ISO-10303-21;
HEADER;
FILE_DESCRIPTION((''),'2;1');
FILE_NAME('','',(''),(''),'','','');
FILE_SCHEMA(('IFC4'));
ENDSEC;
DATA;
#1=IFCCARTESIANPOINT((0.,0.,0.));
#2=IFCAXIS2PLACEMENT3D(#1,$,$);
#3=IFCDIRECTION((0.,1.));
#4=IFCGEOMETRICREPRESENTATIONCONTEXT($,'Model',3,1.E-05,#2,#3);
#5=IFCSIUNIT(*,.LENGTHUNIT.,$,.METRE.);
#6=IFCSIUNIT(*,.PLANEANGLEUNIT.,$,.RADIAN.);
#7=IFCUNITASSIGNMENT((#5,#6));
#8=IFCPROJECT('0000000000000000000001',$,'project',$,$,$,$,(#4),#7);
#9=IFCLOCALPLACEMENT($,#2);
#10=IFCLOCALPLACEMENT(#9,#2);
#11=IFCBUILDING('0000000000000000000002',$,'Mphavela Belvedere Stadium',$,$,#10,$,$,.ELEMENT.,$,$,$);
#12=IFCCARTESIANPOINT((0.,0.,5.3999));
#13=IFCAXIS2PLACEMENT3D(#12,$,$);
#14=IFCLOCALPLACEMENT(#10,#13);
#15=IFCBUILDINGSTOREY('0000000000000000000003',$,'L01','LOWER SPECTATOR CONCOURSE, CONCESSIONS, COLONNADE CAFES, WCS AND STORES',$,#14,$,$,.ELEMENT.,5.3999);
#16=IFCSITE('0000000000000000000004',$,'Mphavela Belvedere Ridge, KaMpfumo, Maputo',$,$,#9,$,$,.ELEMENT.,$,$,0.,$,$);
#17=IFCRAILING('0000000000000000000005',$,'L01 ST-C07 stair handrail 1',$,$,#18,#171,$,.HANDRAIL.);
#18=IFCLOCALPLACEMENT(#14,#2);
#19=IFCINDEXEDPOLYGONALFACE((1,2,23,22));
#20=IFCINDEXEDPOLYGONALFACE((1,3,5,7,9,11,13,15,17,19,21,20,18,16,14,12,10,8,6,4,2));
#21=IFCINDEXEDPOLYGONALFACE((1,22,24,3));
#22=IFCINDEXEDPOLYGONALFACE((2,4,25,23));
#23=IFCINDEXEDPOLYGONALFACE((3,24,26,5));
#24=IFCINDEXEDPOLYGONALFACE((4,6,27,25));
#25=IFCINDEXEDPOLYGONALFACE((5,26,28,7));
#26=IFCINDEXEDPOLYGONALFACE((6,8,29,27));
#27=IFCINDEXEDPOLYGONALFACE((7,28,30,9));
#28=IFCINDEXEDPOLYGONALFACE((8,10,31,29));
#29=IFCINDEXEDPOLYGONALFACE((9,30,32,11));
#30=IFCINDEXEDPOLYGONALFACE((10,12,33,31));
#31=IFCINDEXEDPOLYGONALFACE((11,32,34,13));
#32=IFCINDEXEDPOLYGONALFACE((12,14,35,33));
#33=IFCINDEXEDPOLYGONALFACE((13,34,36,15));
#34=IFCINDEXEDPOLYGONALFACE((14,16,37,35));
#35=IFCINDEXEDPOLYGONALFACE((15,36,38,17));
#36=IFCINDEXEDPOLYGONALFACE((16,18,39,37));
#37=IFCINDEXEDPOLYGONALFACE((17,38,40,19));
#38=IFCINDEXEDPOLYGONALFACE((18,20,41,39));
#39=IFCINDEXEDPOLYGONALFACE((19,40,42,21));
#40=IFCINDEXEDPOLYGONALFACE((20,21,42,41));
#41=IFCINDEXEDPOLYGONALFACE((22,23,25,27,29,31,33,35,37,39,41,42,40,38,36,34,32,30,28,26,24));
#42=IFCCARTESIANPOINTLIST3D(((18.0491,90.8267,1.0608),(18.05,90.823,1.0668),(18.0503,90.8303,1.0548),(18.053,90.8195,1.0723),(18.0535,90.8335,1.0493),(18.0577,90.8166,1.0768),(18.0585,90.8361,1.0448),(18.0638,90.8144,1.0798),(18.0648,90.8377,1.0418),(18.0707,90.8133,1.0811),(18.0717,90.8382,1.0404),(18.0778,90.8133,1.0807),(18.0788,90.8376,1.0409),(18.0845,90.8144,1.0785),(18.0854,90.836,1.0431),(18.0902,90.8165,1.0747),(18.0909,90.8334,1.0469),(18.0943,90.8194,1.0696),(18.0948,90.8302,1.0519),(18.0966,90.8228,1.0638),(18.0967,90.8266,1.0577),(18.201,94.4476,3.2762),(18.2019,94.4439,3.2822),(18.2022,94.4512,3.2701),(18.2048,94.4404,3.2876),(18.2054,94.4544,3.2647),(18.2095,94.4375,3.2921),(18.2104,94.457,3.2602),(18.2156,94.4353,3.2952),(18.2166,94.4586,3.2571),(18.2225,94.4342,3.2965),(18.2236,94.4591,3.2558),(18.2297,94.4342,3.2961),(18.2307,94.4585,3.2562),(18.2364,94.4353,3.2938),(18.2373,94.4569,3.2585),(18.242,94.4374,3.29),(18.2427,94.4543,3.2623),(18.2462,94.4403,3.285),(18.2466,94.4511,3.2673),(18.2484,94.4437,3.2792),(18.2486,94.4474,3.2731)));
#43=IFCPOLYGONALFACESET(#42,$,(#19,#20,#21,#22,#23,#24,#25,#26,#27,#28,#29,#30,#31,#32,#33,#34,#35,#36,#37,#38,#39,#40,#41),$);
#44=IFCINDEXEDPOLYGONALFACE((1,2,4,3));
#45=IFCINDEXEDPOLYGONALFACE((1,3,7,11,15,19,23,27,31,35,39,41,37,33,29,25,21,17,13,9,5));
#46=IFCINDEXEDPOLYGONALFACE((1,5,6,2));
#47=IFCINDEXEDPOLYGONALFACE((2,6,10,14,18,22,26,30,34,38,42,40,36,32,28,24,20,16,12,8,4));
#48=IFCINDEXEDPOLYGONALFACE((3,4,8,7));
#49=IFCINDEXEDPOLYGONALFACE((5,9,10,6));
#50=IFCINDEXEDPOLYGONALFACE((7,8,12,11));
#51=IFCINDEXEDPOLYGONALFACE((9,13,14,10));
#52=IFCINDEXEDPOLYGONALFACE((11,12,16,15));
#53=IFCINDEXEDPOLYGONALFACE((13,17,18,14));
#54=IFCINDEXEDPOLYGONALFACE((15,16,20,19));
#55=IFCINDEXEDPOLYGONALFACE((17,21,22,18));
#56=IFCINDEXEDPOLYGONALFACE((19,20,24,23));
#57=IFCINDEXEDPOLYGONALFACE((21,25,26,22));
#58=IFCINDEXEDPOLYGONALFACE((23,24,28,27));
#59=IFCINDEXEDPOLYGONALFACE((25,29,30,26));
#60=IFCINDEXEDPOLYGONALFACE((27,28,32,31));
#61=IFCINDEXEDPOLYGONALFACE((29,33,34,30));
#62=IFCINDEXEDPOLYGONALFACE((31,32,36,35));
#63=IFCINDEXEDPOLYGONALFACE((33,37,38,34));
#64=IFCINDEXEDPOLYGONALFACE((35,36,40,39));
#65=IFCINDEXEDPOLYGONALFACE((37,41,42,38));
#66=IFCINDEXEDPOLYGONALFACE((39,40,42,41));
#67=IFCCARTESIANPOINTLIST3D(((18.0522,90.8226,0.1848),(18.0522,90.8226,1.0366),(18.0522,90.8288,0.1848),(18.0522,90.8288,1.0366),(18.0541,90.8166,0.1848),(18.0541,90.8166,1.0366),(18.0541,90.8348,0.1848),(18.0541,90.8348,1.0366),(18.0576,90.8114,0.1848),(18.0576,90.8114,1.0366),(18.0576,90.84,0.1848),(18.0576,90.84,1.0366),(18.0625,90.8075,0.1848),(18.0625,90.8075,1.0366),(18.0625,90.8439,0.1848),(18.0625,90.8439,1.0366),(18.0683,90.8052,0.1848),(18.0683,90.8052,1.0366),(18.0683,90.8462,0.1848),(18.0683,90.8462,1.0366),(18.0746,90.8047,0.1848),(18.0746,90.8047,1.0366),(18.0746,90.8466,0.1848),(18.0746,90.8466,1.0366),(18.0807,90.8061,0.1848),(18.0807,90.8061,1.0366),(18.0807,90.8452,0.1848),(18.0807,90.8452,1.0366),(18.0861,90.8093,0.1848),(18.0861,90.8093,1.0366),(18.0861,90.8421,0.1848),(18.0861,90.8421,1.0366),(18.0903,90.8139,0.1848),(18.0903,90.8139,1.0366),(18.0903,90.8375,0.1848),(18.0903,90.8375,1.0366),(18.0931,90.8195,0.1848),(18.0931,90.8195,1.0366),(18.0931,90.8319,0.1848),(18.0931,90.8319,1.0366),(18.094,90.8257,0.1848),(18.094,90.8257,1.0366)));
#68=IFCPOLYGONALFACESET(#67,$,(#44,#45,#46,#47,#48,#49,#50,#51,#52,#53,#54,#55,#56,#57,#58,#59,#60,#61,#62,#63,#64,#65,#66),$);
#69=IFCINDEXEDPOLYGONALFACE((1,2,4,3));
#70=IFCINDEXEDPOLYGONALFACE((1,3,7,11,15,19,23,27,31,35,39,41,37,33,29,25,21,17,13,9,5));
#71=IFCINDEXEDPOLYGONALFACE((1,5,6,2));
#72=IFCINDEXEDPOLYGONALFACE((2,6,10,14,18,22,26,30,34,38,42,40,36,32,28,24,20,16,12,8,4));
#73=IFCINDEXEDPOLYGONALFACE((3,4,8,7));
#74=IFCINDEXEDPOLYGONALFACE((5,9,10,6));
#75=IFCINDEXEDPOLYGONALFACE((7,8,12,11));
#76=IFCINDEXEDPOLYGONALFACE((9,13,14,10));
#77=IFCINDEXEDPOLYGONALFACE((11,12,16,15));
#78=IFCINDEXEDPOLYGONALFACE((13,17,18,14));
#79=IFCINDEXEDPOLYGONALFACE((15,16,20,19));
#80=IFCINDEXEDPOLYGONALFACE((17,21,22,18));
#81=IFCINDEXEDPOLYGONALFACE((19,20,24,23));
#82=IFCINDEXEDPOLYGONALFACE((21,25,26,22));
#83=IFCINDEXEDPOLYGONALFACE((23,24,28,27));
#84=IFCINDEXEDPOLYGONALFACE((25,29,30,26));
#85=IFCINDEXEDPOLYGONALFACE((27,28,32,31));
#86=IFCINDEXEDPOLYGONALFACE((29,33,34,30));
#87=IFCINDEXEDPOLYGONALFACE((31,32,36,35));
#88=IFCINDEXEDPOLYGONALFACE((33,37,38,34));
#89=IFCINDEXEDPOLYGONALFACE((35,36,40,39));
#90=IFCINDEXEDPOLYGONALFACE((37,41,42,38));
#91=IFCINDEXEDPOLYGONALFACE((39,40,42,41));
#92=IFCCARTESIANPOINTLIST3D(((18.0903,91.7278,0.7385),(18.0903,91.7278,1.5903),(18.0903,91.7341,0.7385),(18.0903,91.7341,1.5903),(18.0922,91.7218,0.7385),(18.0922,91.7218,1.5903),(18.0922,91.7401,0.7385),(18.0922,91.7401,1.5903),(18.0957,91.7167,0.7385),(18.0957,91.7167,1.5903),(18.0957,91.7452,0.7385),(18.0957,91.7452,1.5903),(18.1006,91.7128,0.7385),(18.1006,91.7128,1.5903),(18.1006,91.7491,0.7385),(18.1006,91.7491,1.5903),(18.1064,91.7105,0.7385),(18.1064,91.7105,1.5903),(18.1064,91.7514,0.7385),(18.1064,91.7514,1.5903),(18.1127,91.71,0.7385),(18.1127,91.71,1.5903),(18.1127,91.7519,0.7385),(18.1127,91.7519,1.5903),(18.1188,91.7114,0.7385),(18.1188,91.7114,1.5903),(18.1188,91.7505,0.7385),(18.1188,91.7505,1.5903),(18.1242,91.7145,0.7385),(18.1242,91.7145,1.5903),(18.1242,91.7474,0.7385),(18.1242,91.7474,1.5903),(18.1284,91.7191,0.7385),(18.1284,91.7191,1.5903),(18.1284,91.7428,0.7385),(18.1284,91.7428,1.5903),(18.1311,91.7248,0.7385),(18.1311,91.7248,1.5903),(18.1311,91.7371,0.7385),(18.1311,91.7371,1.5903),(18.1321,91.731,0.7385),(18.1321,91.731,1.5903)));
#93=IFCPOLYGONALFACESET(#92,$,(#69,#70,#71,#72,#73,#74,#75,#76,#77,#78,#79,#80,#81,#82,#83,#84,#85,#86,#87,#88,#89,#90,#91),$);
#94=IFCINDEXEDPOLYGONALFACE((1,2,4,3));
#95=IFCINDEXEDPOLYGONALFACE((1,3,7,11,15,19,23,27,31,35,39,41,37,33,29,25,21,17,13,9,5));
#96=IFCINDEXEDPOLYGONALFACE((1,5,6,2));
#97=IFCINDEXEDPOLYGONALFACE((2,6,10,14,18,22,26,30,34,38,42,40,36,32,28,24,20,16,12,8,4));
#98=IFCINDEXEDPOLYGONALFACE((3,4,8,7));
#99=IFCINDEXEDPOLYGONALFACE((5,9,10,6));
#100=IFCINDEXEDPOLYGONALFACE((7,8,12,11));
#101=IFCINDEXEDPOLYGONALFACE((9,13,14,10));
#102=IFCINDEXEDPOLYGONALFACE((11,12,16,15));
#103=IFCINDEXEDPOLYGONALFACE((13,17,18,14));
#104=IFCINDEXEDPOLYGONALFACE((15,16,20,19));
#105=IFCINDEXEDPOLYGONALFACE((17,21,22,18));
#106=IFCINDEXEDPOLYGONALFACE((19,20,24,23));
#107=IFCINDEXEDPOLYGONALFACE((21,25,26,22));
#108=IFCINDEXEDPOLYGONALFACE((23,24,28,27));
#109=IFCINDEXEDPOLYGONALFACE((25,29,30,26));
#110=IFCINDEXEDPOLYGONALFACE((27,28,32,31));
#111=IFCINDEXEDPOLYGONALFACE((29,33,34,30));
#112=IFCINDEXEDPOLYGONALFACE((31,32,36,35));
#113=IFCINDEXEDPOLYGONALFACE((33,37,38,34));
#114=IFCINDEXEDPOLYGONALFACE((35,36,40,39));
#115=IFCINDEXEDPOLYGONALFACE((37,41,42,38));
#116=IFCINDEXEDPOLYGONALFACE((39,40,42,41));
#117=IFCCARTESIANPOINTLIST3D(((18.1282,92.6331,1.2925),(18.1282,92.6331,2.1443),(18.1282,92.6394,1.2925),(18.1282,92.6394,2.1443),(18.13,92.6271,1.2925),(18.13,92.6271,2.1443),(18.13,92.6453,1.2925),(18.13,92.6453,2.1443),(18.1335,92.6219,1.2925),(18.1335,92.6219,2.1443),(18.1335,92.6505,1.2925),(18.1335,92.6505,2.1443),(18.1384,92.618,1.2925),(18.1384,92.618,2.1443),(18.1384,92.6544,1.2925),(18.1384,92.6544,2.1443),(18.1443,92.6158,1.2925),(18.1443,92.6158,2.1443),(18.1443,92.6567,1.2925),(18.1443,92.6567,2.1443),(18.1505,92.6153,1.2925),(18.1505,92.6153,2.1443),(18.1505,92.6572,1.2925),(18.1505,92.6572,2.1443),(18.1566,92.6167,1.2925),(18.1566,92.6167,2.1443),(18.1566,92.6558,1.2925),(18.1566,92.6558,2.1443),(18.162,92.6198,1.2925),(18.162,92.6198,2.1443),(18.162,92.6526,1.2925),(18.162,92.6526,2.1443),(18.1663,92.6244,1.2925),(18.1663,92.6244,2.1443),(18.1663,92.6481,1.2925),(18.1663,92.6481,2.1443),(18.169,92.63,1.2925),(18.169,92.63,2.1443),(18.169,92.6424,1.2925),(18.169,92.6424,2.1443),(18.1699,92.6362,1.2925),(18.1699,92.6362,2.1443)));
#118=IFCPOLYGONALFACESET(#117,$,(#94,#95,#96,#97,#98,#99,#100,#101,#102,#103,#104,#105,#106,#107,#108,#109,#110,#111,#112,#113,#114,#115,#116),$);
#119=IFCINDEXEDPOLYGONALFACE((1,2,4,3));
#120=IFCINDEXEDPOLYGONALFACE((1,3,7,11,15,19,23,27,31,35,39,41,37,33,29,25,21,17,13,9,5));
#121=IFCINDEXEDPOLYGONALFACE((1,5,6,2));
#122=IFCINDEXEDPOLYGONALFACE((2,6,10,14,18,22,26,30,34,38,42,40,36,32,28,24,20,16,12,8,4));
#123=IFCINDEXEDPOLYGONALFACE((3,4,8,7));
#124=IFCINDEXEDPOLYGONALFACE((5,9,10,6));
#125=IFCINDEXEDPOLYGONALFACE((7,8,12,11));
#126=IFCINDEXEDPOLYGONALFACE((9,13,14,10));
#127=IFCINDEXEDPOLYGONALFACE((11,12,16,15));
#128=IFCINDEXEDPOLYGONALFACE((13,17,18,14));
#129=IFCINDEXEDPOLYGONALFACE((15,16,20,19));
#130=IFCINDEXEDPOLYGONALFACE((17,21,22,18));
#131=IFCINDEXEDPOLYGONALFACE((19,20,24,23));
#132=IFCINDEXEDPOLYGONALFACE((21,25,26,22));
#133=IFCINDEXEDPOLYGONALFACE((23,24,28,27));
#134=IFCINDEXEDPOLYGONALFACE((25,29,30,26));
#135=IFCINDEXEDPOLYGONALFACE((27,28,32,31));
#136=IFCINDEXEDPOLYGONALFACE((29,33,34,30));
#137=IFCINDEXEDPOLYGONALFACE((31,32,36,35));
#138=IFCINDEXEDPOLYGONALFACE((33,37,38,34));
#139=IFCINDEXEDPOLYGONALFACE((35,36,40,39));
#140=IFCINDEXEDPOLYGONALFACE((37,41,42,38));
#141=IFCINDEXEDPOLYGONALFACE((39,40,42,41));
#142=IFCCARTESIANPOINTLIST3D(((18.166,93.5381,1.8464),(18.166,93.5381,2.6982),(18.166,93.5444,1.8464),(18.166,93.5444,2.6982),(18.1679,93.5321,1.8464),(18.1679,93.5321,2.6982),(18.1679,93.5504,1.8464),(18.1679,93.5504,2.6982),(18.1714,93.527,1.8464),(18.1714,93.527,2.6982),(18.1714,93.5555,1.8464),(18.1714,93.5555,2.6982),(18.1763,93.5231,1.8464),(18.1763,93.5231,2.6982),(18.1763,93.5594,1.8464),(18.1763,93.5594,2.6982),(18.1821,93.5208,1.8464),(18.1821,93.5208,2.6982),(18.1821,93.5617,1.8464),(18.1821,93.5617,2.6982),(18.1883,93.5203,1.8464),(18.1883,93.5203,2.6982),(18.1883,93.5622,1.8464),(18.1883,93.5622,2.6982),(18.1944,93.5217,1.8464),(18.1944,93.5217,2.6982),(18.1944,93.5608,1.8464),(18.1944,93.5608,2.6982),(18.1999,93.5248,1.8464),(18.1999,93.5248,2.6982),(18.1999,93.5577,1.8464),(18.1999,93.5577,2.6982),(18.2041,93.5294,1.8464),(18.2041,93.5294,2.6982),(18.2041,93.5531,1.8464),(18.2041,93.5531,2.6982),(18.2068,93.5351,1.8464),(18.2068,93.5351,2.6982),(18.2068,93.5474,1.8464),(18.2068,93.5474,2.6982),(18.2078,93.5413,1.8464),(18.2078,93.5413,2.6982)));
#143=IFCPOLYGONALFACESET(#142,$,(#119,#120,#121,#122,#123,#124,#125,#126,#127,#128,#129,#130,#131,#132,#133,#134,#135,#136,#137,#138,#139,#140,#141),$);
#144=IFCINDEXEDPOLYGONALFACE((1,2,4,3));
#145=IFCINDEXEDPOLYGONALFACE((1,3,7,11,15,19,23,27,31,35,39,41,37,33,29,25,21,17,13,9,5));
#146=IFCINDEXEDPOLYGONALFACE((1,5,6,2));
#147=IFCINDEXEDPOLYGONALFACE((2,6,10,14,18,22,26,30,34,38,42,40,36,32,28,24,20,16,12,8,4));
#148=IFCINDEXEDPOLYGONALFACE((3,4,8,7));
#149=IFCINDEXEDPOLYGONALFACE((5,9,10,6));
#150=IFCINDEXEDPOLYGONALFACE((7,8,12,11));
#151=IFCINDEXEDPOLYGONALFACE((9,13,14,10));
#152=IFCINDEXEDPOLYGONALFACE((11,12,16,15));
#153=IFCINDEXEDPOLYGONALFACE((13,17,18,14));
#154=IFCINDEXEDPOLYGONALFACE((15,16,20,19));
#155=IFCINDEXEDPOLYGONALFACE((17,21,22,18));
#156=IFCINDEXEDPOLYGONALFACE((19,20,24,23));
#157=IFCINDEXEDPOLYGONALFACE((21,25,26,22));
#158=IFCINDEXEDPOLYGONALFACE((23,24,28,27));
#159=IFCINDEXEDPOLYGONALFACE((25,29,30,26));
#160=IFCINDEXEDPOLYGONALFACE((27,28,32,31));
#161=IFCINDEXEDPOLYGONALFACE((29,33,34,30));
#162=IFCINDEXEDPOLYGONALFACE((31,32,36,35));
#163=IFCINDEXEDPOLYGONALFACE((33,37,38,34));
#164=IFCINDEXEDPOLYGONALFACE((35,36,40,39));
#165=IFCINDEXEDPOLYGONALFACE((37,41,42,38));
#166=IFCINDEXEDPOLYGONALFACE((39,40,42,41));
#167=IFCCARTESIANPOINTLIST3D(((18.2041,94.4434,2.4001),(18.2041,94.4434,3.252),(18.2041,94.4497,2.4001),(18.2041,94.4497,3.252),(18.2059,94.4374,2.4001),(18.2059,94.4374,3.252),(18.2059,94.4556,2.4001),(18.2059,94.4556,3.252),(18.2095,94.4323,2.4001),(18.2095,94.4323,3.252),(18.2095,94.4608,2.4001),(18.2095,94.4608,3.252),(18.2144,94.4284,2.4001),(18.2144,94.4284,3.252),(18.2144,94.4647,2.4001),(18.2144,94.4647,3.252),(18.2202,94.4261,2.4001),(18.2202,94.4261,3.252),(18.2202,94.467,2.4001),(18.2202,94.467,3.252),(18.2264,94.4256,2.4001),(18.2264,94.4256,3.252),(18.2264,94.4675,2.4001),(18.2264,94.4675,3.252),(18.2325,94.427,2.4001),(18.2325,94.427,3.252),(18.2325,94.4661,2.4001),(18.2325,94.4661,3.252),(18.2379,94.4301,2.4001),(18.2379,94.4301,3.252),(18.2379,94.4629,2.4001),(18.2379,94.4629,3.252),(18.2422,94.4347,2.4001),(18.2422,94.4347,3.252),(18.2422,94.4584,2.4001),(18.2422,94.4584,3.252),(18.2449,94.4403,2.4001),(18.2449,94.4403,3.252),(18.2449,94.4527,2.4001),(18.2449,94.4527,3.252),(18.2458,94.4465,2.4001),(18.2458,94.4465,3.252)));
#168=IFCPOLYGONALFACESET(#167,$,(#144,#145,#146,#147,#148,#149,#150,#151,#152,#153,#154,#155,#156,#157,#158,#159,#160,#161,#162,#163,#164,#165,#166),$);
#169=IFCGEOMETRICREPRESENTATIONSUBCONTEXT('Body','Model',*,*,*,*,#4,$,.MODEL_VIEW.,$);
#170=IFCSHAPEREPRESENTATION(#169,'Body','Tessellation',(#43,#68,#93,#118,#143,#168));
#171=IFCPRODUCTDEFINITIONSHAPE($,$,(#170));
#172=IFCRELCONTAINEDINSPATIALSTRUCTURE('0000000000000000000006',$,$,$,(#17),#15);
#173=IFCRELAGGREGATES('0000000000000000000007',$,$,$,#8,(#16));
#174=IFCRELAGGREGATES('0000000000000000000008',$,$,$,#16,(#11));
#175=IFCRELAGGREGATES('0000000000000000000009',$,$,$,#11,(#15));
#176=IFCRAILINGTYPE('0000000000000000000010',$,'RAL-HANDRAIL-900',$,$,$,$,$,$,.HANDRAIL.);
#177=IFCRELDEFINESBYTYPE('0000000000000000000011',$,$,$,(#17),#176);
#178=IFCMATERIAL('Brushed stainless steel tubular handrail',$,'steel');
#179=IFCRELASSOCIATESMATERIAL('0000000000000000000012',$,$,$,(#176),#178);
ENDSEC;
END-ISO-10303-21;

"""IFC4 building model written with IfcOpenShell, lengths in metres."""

from ifc_helpers import new_model, si_unit, direction, frame, origin, origin_2d, place, context, subcontext, project, spatial, circle, extrude, material, type_object, element, save


model = new_model("IFC4")

# Units and contexts
model_context = context("Model", 3, precision=1e-05, world=origin(), true_north=direction((0.0, 1.0)))
body_context = subcontext(model_context, "Body", "Model", "MODEL_VIEW")
ifc_project = project(units=[si_unit("LENGTHUNIT", "METRE"), si_unit("PLANEANGLEUNIT", "RADIAN")], contexts=[model_context])

# Site, building, storey
site_placement = place(None, origin())
site = spatial("IfcSite", under=ifc_project, at=site_placement, Name="Mphavela Belvedere Ridge, KaMpfumo, Maputo", CompositionType="ELEMENT", RefElevation=0.0)
building_placement = place(site_placement, origin())
building = spatial("IfcBuilding", under=site, at=building_placement, Name="Mphavela Belvedere Stadium", CompositionType="ELEMENT")
storey_placement = place(building_placement, frame((0.0, 0.0, 5.3999)))
storey = spatial("IfcBuildingStorey", under=building, at=storey_placement, Name="L01", Description="LOWER SPECTATOR CONCOURSE, CONCESSIONS, COLONNADE CAFES, WCS AND STORES", CompositionType="ELEMENT", Elevation=5.3999)

# Railing
ifc_material_1 = material(Name="Brushed stainless steel tubular handrail", Category="steel")
railing_type_1 = type_object("IfcRailingType", Name="RAL-HANDRAIL-900", PredefinedType="HANDRAIL", material=ifc_material_1)
railing_1_placement = place(storey_placement, frame((18.073, 90.8257, 0.1848)))
element("IfcRailing", 1, at=railing_1_placement, inside=storey, type_object=railing_type_1, Name="L01 ST-C07 stair handrail 1", PredefinedType="HANDRAIL", context=body_context, shape_type="SweptSolid", body=[
    extrude(circle(Radius=0.0239, at=origin_2d()), frame((0.0, 0.0, 0.876), z_axis=(0.035752, 0.852465, 0.521561), x_axis=(-0.999122, 0.041902, 0.0)), (0.0, 0.0, 1.0), 4.2476),
    extrude(circle(Radius=0.021, at=origin_2d()), origin(), (0.0, 0.0, 1.0), 0.8518),
    extrude(circle(Radius=0.021, at=origin_2d()), frame((0.0381, 0.9053, 0.5537)), (0.0, 0.0, 1.0), 0.8518),
    extrude(circle(Radius=0.021, at=origin_2d()), frame((0.0759, 1.8105, 1.1077)), (0.0, 0.0, 1.0), 0.8518),
    extrude(circle(Radius=0.021, at=origin_2d()), frame((0.1138, 2.7156, 1.6616)), (0.0, 0.0, 1.0), 0.8518),
    extrude(circle(Radius=0.021, at=origin_2d()), frame((0.1519, 3.6208, 2.2153)), (0.0, 0.0, 1.0), 0.8518),
])

save(model, "model.ifc")
